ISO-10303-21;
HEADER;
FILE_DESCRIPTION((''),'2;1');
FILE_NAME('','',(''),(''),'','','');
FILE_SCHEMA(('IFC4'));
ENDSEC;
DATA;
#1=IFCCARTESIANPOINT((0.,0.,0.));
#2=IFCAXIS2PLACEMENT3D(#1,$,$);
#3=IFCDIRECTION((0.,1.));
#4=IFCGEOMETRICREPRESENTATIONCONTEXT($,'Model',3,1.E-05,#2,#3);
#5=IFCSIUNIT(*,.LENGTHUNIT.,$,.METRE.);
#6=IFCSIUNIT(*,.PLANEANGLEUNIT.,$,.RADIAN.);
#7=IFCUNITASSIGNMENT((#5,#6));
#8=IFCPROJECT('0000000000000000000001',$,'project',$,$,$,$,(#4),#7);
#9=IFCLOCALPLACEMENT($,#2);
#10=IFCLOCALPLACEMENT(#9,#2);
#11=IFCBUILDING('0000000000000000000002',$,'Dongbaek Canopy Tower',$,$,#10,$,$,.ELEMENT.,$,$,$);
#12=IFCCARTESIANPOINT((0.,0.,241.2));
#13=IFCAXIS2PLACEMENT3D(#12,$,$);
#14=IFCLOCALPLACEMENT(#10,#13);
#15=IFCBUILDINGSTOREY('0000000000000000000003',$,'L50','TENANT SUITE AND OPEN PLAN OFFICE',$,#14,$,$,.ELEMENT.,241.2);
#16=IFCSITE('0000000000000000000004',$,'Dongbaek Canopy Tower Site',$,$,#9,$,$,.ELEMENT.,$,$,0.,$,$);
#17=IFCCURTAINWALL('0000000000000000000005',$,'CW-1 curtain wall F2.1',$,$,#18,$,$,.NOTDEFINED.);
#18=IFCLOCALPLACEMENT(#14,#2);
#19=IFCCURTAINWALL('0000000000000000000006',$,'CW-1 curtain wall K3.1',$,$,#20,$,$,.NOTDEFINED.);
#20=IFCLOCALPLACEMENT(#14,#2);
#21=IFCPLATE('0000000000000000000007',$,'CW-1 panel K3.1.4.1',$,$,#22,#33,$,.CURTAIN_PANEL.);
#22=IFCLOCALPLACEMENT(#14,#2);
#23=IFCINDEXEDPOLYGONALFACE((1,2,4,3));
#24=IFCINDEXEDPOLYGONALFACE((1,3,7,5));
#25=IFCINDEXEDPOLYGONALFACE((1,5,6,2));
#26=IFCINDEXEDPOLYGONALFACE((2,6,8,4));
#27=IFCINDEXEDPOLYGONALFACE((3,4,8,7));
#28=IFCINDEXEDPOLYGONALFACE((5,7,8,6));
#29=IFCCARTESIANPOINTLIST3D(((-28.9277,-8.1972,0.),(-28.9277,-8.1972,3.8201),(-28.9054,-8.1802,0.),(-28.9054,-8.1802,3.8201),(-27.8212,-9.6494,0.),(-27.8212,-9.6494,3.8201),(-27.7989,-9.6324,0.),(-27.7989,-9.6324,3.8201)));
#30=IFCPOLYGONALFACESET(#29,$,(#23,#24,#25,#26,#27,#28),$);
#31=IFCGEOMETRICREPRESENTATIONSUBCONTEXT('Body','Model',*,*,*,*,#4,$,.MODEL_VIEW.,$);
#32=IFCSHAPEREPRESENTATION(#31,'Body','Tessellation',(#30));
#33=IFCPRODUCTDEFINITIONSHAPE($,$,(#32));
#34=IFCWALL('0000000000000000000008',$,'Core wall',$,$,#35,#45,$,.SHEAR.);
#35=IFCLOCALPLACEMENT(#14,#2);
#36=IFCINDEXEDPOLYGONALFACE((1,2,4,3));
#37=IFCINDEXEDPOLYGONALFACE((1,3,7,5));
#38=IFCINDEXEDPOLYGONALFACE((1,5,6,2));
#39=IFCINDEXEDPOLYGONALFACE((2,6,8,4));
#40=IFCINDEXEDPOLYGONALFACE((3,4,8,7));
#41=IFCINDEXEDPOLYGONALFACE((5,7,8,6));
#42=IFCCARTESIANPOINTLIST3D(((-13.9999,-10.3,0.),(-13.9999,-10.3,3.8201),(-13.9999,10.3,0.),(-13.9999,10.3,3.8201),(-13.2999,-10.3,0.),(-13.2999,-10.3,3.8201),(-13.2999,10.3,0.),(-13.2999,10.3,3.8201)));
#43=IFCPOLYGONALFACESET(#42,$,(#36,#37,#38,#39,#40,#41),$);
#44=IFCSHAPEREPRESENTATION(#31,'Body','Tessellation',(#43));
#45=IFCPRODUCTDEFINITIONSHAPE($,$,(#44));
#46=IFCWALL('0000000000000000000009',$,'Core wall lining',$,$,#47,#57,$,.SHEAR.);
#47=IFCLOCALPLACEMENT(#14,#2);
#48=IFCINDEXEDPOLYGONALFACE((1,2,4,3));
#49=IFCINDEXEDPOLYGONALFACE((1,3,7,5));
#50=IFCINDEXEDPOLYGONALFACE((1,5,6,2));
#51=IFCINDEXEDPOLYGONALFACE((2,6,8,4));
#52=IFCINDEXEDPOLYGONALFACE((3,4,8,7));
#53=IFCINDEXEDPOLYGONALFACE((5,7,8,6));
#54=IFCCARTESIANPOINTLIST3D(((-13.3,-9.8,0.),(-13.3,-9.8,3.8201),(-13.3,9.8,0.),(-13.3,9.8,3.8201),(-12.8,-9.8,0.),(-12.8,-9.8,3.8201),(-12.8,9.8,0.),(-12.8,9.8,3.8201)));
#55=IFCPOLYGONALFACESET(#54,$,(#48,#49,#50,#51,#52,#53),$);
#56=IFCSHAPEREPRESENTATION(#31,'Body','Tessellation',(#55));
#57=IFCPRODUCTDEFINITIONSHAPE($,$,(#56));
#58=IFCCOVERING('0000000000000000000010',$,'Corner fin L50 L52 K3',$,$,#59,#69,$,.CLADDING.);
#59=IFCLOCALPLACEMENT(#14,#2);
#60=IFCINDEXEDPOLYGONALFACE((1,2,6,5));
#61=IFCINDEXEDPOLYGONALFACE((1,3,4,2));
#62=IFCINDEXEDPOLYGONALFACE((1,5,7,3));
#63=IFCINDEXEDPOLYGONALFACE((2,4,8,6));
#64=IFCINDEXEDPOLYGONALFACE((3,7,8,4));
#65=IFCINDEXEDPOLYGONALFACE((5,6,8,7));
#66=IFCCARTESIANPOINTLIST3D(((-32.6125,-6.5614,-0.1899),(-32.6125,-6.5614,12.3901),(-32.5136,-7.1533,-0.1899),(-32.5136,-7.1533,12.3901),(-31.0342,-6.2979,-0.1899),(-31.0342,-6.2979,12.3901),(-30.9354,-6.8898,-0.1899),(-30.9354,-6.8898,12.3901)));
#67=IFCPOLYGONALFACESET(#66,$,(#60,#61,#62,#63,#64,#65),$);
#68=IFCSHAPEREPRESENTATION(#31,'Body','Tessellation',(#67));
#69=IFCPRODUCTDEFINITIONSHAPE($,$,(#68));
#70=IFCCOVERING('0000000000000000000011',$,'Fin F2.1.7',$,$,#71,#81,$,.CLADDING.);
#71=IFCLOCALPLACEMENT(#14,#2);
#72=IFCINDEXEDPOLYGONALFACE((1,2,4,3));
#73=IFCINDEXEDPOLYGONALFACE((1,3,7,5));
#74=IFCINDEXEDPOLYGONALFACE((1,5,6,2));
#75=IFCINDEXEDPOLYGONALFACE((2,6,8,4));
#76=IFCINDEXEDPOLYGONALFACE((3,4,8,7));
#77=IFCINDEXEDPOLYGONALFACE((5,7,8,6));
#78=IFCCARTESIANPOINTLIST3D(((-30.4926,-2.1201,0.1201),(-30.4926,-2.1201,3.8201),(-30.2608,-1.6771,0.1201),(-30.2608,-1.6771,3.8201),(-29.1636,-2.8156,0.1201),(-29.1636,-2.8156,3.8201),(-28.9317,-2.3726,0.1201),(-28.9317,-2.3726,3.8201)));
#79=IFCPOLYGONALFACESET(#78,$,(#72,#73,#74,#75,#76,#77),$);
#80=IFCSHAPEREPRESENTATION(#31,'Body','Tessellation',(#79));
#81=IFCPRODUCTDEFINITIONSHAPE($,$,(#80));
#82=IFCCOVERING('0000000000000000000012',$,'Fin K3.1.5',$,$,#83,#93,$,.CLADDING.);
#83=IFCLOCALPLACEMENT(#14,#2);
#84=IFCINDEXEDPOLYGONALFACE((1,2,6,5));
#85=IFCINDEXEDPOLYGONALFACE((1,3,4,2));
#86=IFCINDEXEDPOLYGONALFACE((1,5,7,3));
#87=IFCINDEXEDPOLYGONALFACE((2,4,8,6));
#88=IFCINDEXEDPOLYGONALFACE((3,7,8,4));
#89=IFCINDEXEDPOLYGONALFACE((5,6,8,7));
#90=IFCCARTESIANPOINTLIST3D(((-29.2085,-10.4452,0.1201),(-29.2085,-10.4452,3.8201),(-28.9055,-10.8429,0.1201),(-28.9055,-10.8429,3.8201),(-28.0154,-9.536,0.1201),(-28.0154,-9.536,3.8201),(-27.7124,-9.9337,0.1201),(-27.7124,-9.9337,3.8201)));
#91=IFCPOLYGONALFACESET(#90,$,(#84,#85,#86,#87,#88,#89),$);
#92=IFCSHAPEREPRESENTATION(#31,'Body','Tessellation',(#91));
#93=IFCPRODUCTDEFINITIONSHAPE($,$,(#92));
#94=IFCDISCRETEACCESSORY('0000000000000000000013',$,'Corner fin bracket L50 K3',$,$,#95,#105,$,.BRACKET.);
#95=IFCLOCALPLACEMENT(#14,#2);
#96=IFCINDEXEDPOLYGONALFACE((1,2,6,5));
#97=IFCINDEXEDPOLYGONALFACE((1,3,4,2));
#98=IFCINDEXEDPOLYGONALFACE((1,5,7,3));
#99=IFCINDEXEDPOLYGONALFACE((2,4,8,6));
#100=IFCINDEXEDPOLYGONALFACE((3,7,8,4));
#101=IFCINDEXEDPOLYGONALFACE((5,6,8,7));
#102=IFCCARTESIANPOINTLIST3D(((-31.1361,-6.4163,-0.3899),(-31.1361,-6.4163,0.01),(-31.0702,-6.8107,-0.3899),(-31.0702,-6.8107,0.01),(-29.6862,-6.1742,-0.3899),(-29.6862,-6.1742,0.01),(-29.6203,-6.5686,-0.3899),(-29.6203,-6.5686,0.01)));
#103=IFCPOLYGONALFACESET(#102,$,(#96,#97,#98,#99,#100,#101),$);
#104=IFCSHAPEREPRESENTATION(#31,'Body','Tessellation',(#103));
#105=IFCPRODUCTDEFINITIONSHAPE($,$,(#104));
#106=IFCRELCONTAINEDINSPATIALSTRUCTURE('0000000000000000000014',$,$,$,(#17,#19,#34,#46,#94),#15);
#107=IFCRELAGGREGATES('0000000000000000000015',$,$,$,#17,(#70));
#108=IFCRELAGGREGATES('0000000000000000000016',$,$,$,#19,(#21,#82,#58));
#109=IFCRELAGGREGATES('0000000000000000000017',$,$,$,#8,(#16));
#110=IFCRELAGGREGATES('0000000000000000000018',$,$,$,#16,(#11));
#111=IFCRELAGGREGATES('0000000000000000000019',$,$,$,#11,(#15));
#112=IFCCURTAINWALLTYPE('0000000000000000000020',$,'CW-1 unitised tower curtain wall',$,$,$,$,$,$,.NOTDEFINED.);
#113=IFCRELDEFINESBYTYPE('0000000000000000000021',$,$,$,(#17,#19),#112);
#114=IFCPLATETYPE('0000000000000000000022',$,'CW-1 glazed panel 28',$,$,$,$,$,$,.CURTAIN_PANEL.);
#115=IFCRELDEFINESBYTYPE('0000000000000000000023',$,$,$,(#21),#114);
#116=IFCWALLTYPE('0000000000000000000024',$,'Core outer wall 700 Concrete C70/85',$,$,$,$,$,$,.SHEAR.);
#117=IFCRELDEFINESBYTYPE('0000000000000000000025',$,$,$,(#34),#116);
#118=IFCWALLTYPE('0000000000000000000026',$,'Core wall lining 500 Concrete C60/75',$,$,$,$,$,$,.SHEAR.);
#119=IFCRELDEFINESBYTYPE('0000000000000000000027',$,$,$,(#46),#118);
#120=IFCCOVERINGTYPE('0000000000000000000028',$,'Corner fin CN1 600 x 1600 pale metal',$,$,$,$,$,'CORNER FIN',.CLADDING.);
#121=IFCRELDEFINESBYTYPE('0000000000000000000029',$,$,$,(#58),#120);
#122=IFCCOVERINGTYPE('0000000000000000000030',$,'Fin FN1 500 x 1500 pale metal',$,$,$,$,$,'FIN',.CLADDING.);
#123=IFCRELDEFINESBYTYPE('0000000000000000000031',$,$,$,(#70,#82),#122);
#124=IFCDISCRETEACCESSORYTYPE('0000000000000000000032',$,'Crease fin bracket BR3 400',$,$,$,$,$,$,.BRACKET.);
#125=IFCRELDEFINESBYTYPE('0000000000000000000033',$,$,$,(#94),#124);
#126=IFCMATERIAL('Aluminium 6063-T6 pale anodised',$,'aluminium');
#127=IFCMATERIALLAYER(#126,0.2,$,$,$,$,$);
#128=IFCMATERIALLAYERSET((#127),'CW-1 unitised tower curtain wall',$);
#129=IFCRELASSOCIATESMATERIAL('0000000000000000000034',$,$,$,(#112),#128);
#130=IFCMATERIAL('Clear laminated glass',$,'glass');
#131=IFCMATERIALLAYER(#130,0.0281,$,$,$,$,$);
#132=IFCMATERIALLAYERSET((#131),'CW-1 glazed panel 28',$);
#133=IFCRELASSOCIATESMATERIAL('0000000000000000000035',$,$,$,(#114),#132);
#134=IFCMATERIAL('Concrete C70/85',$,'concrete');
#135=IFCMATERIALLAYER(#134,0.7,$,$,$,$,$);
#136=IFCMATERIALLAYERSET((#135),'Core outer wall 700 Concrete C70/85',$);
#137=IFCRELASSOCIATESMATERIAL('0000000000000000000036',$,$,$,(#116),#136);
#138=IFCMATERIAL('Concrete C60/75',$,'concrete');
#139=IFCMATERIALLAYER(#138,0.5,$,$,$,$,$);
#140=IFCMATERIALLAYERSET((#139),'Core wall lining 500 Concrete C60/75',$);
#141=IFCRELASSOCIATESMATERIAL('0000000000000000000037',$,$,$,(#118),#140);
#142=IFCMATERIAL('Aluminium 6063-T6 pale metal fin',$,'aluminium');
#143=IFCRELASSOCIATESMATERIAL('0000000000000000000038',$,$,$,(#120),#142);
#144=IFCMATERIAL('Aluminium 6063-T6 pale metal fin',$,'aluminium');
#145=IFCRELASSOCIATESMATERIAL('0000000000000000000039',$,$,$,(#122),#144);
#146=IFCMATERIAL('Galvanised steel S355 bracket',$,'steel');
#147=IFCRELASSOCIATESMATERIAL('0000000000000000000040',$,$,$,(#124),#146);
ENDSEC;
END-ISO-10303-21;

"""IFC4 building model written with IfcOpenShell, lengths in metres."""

from ifc_helpers import new_model, si_unit, direction, frame, frame_2d, origin, origin_2d, place, context, subcontext, project, spatial, rectangle, extrude, material, layer, layer_set, material_profile, profile_set, type_object, element, aggregate, save


model = new_model("IFC4")

# Units and contexts
model_context = context("Model", 3, precision=1e-05, world=origin(), true_north=direction((0.0, 1.0)))
body_context = subcontext(model_context, "Body", "Model", "MODEL_VIEW")
ifc_project = project(units=[si_unit("LENGTHUNIT", "METRE"), si_unit("PLANEANGLEUNIT", "RADIAN")], contexts=[model_context])

# Site, building, storey
site_placement = place(None, origin())
site = spatial("IfcSite", under=ifc_project, at=site_placement, Name="Dongbaek Canopy Tower Site", CompositionType="ELEMENT", RefElevation=0.0)
building_placement = place(site_placement, origin())
building = spatial("IfcBuilding", under=site, at=building_placement, Name="Dongbaek Canopy Tower", CompositionType="ELEMENT")
storey_placement = place(building_placement, frame((0.0, 0.0, 241.2)))
storey = spatial("IfcBuildingStorey", under=building, at=storey_placement, Name="L50", Description="TENANT SUITE AND OPEN PLAN OFFICE", CompositionType="ELEMENT", Elevation=241.2)

# Curtain wall
ifc_material_1 = material(Name="Aluminium 6063-T6 pale anodised", Category="aluminium")
ifc_layer_1 = layer(ifc_material_1, 0.2)
ifc_layer_set_1 = layer_set([ifc_layer_1], Name="CW-1 unitised tower curtain wall")
curtain_wall_type = type_object("IfcCurtainWallType", Name="CW-1 unitised tower curtain wall", PredefinedType="NOTDEFINED", material=ifc_layer_set_1)
curtain_wall_1_placement = place(storey_placement, origin())
curtain_wall_1 = element("IfcCurtainWall", 1, at=curtain_wall_1_placement, inside=storey, type_object=curtain_wall_type, Name="CW-1 curtain wall F2.1", PredefinedType="NOTDEFINED")

# Curtain wall
curtain_wall_2_placement = place(storey_placement, origin())
curtain_wall_2 = element("IfcCurtainWall", 2, at=curtain_wall_2_placement, inside=storey, type_object=curtain_wall_type, Name="CW-1 curtain wall K3.1", PredefinedType="NOTDEFINED")

# Plate
ifc_material_2 = material(Name="Clear laminated glass", Category="glass")
ifc_layer_2 = layer(ifc_material_2, 0.0281)
ifc_layer_set_2 = layer_set([ifc_layer_2], Name="CW-1 glazed panel 28")
plate_type = type_object("IfcPlateType", Name="CW-1 glazed panel 28", PredefinedType="CURTAIN_PANEL", material=ifc_layer_set_2)
plate_1_placement = place(storey_placement, frame((-28.3633, -8.9148, 0.0), z_axis=(0.0, 0.0, 1.0), x_axis=(0.606088, -0.795398, 0.0)))
plate_1 = element("IfcPlate", 3, at=plate_1_placement, type_object=plate_type, Name="CW-1 panel K3.1.4.1", PredefinedType="CURTAIN_PANEL", context=body_context, shape_type="SweptSolid", body=[
    extrude(rectangle(XDim=1.8257, YDim=0.0281, at=origin_2d()), origin(), (0.0, 0.0, 1.0), 3.8201),
])

# Walls
ifc_material_3 = material(Name="Concrete C70/85", Category="concrete")
ifc_layer_3 = layer(ifc_material_3, 0.7)
ifc_layer_set_3 = layer_set([ifc_layer_3], Name="Core outer wall 700 Concrete C70/85")
wall_type_1 = type_object("IfcWallType", Name="Core outer wall 700 Concrete C70/85", PredefinedType="SHEAR", material=ifc_layer_set_3)
wall_1_placement = place(storey_placement, frame((-13.6499, -10.3, 0.0), z_axis=(0.0, 0.0, 1.0), x_axis=(0.0, 1.0, 0.0)))
element("IfcWall", 4, at=wall_1_placement, inside=storey, type_object=wall_type_1, Name="Core wall", PredefinedType="SHEAR", context=body_context, shape_type="SweptSolid", body=[
    extrude(rectangle(XDim=20.6001, YDim=0.7, at=frame_2d((10.3, 0.0))), origin(), (0.0, 0.0, 1.0), 3.8201),
])
ifc_material_4 = material(Name="Concrete C60/75", Category="concrete")
ifc_layer_4 = layer(ifc_material_4, 0.5)
ifc_layer_set_4 = layer_set([ifc_layer_4], Name="Core wall lining 500 Concrete C60/75")
wall_type_2 = type_object("IfcWallType", Name="Core wall lining 500 Concrete C60/75", PredefinedType="SHEAR", material=ifc_layer_set_4)
wall_2_placement = place(storey_placement, frame((-13.05, -9.8, 0.0), z_axis=(0.0, 0.0, 1.0), x_axis=(0.0, 1.0, 0.0)))
element("IfcWall", 5, at=wall_2_placement, inside=storey, type_object=wall_type_2, Name="Core wall lining", PredefinedType="SHEAR", context=body_context, shape_type="SweptSolid", body=[
    extrude(rectangle(XDim=19.6001, YDim=0.5, at=frame_2d((9.8, 0.0))), origin(), (0.0, 0.0, 1.0), 3.8201),
])

# Coverings
ifc_material_5 = material(Name="Aluminium 6063-T6 pale metal fin", Category="aluminium")
ifc_material_profile_1 = material_profile(ifc_material_5, rectangle(XDim=1.6001, YDim=0.6001, at=origin_2d()), Name="Corner fin CN1 600 x 1600 pale metal")
ifc_profile_set_1 = profile_set([ifc_material_profile_1], Name="Aluminium 6063-T6 pale metal fin")
covering_type_1 = type_object("IfcCoveringType", Name="Corner fin CN1 600 x 1600 pale metal", ElementType="CORNER FIN", PredefinedType="CLADDING", material=ifc_profile_set_1)
covering_1_placement = place(storey_placement, frame((-31.7739, -6.7256, -0.1899), z_axis=(0.0, 0.0, 1.0), x_axis=(-0.986343, -0.164703, 0.0)))
covering_1 = element("IfcCovering", 6, at=covering_1_placement, type_object=covering_type_1, Name="Corner fin L50 L52 K3", PredefinedType="CLADDING", context=body_context, shape_type="SweptSolid", body=[
    extrude(rectangle(XDim=1.6001, YDim=0.6001, at=origin_2d()), origin(), (0.0, 0.0, 1.0), 12.5801),
])
ifc_material_6 = material(Name="Aluminium 6063-T6 pale metal fin", Category="aluminium")
ifc_material_profile_2 = material_profile(ifc_material_6, rectangle(XDim=1.5, YDim=0.5, at=origin_2d()), Name="Fin FN1 500 x 1500 pale metal")
ifc_profile_set_2 = profile_set([ifc_material_profile_2], Name="Aluminium 6063-T6 pale metal fin")
covering_type_2 = type_object("IfcCoveringType", Name="Fin FN1 500 x 1500 pale metal", ElementType="FIN", PredefinedType="CLADDING", material=ifc_profile_set_2)
covering_2_placement = place(storey_placement, frame((-29.7122, -2.2463, 0.1201), z_axis=(0.0, 0.0, 1.0), x_axis=(-0.886019, 0.463649, 0.0)))
covering_2 = element("IfcCovering", 7, at=covering_2_placement, type_object=covering_type_2, Name="Fin F2.1.7", PredefinedType="CLADDING", context=body_context, shape_type="SweptSolid", body=[
    extrude(rectangle(XDim=1.5, YDim=0.5, at=origin_2d()), origin(), (0.0, 0.0, 1.0), 3.7),
])
aggregate(curtain_wall_1, [covering_2])
covering_3_placement = place(storey_placement, frame((-28.4604, -10.1895, 0.1201), z_axis=(0.0, 0.0, 1.0), x_axis=(-0.795398, -0.606088, 0.0)))
covering_3 = element("IfcCovering", 8, at=covering_3_placement, type_object=covering_type_2, Name="Fin K3.1.5", PredefinedType="CLADDING", context=body_context, shape_type="SweptSolid", body=[
    extrude(rectangle(XDim=1.5, YDim=0.5, at=origin_2d()), origin(), (0.0, 0.0, 1.0), 3.7),
])
aggregate(curtain_wall_2, [plate_1, covering_3, covering_1])

# Discrete accessory
ifc_material_7 = material(Name="Galvanised steel S355 bracket", Category="steel")
discrete_accessory_type = type_object("IfcDiscreteAccessoryType", Name="Crease fin bracket BR3 400", PredefinedType="BRACKET", material=ifc_material_7)
discrete_accessory_placement = place(storey_placement, frame((-30.3782, -6.4924, -0.3899), z_axis=(0.0, 0.0, 1.0), x_axis=(-0.986343, -0.164703, 0.0)))
element("IfcDiscreteAccessory", 9, at=discrete_accessory_placement, inside=storey, type_object=discrete_accessory_type, Name="Corner fin bracket L50 K3", PredefinedType="BRACKET", context=body_context, shape_type="SweptSolid", body=[
    extrude(rectangle(XDim=1.47, YDim=0.3999, at=origin_2d()), origin(), (0.0, 0.0, 1.0), 0.3999),
])

save(model, "model.ifc")
